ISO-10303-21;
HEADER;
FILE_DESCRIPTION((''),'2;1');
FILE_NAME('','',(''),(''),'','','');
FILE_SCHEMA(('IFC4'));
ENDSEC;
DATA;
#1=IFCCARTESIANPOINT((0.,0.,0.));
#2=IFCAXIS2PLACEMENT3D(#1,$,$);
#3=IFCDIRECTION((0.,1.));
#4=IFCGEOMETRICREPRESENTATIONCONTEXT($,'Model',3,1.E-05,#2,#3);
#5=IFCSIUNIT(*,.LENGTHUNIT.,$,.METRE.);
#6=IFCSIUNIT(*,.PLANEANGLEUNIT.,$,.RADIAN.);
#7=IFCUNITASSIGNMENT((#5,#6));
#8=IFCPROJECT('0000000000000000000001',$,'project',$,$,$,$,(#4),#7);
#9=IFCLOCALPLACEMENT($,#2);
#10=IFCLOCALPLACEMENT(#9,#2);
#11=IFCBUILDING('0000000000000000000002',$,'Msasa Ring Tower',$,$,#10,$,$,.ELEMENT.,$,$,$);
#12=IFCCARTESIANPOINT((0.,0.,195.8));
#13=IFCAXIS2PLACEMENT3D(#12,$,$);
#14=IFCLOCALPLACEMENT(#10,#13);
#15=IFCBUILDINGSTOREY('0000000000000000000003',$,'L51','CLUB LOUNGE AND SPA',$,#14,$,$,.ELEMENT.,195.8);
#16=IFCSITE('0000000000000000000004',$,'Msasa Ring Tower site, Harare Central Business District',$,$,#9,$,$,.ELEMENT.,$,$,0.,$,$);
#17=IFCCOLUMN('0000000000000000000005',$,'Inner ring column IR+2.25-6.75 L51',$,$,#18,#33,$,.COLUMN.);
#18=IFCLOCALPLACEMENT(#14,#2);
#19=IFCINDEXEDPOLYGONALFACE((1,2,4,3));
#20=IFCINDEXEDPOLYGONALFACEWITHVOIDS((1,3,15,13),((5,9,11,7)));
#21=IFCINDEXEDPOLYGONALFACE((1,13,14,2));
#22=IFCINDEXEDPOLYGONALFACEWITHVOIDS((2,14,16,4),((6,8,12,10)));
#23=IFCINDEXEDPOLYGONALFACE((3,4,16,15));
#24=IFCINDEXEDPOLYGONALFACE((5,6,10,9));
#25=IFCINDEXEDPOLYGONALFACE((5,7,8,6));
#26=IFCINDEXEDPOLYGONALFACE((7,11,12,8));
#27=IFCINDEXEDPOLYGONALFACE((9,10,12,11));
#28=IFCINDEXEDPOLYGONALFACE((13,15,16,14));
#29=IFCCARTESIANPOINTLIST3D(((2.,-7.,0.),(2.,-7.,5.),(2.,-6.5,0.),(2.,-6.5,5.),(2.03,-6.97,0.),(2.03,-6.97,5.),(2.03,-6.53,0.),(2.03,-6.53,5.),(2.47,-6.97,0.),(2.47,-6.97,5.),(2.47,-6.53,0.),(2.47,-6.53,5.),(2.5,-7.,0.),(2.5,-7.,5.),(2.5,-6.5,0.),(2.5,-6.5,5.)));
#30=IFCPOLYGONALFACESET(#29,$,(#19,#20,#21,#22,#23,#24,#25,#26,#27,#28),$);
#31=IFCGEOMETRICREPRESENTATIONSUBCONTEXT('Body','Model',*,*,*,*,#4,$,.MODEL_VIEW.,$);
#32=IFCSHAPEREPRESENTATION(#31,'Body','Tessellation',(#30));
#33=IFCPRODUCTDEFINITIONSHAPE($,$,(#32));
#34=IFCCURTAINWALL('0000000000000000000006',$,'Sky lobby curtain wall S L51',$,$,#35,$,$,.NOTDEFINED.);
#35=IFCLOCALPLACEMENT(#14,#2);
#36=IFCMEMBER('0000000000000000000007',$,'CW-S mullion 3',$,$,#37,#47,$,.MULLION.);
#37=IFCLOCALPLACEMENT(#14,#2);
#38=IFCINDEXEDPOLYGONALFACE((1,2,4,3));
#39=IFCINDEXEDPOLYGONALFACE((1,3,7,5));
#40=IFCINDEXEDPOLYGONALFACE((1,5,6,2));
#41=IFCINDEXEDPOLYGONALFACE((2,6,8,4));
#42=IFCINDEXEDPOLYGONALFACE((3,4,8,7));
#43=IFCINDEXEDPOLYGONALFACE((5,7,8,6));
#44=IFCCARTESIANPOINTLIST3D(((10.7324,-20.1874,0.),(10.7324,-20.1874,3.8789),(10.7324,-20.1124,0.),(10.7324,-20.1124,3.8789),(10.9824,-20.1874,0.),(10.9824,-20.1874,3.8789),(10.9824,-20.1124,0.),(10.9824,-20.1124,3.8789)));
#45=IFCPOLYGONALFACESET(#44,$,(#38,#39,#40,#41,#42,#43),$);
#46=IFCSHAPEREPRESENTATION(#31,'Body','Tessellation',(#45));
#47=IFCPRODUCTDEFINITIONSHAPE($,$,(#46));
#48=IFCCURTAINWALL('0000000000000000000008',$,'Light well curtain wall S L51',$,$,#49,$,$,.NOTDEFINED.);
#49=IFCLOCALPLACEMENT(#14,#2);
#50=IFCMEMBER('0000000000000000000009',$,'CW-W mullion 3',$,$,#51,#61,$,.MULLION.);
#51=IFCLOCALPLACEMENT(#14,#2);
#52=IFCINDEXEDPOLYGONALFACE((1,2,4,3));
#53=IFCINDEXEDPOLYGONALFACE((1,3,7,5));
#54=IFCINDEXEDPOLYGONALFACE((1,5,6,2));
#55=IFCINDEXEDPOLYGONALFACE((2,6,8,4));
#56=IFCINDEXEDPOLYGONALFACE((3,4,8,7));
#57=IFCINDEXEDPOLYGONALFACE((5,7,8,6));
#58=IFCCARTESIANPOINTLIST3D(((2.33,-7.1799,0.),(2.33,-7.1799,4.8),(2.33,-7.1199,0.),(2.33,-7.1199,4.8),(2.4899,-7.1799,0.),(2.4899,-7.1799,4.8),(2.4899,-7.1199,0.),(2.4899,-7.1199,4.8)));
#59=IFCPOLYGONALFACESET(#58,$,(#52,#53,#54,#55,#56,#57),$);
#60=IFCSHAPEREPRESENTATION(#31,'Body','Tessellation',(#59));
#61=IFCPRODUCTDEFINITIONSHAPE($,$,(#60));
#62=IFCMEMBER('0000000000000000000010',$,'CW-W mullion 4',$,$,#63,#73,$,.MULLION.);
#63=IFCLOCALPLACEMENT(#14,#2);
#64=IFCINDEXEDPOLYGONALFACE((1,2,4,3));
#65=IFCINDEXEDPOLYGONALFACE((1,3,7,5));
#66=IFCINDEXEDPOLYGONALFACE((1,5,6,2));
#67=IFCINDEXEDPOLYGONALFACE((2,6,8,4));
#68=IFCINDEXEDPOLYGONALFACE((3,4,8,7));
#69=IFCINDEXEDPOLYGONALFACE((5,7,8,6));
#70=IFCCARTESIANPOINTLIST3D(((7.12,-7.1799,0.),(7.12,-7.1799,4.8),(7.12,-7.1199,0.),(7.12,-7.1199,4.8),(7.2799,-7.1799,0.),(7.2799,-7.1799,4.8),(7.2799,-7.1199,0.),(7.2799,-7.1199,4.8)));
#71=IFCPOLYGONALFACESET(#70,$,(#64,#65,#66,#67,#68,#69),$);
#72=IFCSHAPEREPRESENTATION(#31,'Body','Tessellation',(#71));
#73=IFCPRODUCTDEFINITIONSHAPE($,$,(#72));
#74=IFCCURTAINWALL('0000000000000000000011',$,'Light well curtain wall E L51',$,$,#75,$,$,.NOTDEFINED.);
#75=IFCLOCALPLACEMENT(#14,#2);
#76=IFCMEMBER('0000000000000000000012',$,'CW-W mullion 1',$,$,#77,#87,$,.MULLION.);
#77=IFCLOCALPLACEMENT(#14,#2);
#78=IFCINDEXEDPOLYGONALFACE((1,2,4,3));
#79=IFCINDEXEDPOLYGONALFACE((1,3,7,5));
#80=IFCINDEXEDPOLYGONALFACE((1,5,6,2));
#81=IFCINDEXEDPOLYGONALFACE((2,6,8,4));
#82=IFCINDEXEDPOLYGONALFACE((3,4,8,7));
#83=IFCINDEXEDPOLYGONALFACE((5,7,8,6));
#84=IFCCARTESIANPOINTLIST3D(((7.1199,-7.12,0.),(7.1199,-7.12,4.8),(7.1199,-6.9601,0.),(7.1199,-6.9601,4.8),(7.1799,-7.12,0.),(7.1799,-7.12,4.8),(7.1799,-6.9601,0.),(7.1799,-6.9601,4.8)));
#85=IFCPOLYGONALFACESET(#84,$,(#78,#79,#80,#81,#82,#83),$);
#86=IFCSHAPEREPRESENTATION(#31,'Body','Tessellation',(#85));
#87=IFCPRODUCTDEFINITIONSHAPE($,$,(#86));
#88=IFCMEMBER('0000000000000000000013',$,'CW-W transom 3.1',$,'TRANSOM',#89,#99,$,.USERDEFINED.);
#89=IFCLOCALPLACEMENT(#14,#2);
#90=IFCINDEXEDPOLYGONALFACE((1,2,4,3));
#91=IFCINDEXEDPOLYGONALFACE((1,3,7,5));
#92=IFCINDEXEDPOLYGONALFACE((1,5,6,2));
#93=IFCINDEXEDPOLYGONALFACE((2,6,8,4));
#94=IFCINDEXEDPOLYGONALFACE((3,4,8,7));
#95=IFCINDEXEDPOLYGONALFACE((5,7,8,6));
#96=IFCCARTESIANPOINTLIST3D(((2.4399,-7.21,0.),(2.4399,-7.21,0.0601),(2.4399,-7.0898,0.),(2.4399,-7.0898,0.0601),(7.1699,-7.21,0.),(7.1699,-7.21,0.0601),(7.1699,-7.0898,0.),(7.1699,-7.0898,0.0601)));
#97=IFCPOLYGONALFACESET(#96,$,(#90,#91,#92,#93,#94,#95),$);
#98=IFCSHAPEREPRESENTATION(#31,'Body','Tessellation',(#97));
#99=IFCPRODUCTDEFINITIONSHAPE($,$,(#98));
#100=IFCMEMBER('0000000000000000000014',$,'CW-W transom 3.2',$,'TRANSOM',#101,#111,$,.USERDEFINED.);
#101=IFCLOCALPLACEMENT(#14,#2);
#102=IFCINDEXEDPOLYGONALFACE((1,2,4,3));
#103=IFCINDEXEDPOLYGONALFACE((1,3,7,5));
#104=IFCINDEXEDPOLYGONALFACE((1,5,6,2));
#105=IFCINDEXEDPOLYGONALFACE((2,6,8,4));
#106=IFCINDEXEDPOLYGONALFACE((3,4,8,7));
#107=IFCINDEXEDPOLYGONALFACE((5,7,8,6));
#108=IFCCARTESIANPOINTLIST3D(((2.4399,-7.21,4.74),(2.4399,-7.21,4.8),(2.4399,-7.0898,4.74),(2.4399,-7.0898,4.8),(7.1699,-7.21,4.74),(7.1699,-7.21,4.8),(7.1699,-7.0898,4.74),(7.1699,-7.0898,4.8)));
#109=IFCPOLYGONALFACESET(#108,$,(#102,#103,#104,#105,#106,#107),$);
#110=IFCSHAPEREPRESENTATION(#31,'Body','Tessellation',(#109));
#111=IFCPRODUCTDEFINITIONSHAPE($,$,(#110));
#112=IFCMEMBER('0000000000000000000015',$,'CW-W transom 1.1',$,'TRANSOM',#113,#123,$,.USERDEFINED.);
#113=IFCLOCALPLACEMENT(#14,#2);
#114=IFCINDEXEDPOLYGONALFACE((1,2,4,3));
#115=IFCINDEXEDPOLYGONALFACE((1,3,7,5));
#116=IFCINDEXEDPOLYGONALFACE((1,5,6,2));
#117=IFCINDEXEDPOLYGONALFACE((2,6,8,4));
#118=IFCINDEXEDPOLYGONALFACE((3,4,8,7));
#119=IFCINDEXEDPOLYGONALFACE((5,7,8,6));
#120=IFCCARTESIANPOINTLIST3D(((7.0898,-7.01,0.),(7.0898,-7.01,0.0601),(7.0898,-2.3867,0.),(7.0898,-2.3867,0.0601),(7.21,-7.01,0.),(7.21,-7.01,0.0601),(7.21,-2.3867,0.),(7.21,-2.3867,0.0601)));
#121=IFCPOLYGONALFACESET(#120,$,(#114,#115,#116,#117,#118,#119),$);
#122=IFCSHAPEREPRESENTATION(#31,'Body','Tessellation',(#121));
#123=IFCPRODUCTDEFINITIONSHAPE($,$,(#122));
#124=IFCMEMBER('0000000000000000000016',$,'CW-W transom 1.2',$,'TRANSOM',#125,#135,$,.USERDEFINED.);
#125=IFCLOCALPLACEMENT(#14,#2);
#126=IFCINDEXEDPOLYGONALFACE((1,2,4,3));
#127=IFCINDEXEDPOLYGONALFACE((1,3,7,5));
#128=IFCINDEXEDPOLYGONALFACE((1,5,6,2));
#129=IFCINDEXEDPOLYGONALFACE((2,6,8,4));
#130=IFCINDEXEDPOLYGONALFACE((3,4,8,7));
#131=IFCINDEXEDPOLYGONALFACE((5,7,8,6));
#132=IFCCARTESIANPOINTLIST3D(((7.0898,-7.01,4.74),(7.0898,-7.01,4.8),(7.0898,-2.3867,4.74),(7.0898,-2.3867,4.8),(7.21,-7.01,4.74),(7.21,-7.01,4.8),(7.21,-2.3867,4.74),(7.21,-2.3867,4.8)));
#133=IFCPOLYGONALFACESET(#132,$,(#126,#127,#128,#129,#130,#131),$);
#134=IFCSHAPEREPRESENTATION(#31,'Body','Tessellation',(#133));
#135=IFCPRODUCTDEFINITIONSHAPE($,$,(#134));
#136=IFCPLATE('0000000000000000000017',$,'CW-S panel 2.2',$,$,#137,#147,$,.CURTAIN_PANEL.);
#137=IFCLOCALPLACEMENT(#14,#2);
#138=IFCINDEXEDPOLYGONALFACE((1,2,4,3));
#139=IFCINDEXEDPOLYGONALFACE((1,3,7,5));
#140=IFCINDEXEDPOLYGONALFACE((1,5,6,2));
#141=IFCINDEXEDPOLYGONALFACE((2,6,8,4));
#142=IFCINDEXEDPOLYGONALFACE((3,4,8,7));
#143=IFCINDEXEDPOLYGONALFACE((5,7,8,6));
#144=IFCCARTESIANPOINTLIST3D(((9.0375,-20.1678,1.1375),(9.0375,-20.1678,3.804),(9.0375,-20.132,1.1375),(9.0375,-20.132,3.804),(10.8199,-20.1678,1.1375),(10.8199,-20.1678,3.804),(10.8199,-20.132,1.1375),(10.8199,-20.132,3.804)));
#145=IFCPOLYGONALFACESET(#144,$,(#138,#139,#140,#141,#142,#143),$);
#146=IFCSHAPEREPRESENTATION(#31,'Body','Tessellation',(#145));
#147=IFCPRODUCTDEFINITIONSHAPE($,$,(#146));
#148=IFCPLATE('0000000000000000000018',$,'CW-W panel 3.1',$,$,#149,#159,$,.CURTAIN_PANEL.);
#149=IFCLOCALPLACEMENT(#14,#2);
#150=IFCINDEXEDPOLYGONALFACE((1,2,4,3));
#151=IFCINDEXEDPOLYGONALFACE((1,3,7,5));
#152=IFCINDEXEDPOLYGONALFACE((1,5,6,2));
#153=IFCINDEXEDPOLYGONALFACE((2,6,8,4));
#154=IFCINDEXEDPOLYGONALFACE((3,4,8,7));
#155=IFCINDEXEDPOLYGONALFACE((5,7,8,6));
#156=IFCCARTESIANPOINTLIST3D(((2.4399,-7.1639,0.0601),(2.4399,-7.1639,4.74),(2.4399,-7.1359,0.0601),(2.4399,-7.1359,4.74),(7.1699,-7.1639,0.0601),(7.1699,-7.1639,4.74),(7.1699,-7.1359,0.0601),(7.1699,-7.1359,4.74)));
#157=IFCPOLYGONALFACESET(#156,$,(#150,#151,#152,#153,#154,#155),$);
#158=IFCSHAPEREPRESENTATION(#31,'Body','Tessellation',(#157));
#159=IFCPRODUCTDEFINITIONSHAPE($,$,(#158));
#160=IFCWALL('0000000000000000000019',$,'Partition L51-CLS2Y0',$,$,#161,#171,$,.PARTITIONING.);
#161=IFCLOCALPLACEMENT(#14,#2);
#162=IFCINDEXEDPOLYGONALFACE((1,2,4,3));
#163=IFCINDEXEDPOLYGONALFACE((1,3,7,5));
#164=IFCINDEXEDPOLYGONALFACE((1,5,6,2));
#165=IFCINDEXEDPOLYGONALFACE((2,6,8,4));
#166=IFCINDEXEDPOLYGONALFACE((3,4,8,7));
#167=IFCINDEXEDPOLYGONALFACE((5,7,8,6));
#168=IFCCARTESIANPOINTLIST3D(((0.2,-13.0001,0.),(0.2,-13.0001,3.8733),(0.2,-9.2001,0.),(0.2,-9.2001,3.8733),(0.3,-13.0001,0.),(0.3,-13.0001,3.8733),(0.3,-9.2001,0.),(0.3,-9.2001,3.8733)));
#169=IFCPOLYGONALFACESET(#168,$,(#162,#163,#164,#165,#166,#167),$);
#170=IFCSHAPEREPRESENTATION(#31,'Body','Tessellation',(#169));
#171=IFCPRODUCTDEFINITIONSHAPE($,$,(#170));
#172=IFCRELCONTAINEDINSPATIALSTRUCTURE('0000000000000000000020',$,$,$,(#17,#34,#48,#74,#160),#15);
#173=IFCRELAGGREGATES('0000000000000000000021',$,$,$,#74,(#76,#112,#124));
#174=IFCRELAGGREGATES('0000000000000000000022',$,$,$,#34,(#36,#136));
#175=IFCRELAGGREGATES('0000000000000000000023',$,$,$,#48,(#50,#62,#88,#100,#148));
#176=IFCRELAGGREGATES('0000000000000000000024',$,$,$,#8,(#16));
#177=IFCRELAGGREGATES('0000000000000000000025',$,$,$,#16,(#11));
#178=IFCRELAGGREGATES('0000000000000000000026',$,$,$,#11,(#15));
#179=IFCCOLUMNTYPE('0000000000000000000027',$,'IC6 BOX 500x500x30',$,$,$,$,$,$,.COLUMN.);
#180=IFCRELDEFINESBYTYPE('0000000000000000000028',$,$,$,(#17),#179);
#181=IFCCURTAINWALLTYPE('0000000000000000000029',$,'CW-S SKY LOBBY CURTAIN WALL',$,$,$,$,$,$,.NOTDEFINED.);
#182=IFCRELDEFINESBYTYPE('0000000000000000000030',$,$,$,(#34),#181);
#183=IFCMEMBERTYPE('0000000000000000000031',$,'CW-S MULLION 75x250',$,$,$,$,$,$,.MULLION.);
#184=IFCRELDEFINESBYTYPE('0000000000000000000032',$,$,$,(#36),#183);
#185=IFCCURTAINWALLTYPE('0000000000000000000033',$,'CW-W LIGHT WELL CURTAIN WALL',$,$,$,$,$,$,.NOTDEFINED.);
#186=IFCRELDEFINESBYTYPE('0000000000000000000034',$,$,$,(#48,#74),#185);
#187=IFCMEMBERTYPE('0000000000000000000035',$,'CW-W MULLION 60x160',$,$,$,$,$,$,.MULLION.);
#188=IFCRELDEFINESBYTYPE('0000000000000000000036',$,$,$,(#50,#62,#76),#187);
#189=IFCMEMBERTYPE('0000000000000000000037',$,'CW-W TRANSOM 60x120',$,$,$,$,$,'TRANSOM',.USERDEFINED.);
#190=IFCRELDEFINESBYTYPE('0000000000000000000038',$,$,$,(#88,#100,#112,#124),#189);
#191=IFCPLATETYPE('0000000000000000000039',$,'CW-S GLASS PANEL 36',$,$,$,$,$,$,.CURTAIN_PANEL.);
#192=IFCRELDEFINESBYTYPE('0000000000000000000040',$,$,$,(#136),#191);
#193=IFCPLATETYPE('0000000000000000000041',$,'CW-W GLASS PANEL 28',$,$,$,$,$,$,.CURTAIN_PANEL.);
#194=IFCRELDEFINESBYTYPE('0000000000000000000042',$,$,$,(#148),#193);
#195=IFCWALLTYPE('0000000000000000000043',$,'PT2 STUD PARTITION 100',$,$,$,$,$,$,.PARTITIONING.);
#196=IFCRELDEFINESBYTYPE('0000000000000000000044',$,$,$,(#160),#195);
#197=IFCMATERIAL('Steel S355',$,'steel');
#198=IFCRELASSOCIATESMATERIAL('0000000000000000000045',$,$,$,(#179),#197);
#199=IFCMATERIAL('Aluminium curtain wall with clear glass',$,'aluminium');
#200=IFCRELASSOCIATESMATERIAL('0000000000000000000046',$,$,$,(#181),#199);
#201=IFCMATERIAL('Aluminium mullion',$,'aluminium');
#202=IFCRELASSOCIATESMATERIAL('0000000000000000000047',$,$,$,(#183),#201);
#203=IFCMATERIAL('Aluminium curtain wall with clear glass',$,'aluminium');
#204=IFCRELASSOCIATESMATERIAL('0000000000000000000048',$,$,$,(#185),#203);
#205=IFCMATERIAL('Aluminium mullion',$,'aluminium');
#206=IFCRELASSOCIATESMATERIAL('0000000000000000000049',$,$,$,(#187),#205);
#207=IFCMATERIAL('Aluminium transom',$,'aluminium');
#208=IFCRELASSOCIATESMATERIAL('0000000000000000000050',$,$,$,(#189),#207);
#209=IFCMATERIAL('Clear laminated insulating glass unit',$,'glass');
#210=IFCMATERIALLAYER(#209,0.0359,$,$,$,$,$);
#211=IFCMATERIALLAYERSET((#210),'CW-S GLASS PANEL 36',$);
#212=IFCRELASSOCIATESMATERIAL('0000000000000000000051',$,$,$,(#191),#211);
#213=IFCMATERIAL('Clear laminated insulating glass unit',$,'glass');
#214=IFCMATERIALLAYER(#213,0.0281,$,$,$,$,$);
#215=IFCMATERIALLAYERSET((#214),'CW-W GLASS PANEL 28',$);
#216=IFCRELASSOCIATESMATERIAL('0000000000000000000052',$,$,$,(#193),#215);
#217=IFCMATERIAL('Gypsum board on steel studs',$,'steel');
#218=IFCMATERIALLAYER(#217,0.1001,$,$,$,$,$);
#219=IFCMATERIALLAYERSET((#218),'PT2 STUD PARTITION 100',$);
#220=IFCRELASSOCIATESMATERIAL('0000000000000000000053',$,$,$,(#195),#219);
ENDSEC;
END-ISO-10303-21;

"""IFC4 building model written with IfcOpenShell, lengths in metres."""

from ifc_helpers import new_model, si_unit, direction, frame, frame_2d, origin, origin_2d, place, context, subcontext, project, spatial, rectangle, hollow_rectangle, extrude, material, layer, layer_set, material_profile, profile_set, type_object, element, aggregate, save


model = new_model("IFC4")

# Units and contexts
model_context = context("Model", 3, precision=1e-05, world=origin(), true_north=direction((0.0, 1.0)))
body_context = subcontext(model_context, "Body", "Model", "MODEL_VIEW")
ifc_project = project(units=[si_unit("LENGTHUNIT", "METRE"), si_unit("PLANEANGLEUNIT", "RADIAN")], contexts=[model_context])

# Site, building, storey
site_placement = place(None, origin())
site = spatial("IfcSite", under=ifc_project, at=site_placement, Name="Msasa Ring Tower site, Harare Central Business District", CompositionType="ELEMENT", RefElevation=0.0)
building_placement = place(site_placement, origin())
building = spatial("IfcBuilding", under=site, at=building_placement, Name="Msasa Ring Tower", CompositionType="ELEMENT")
storey_placement = place(building_placement, frame((0.0, 0.0, 195.8)))
storey = spatial("IfcBuildingStorey", under=building, at=storey_placement, Name="L51", Description="CLUB LOUNGE AND SPA", CompositionType="ELEMENT", Elevation=195.8)

# Column
ifc_material_1 = material(Name="Steel S355", Category="steel")
ifc_material_profile_1 = material_profile(ifc_material_1, hollow_rectangle(XDim=0.5, YDim=0.5, WallThickness=0.03, at=origin_2d()), Name="BOX 500x500x30")
ifc_profile_set_1 = profile_set([ifc_material_profile_1], Name="Steel S355")
column_type = type_object("IfcColumnType", Name="IC6 BOX 500x500x30", PredefinedType="COLUMN", material=ifc_profile_set_1)
column_placement = place(storey_placement, frame((2.25, -6.75, 0.0), z_axis=(0.0, 0.0, 1.0), x_axis=(1.0, 0.0, 0.0)))
element("IfcColumn", 1, at=column_placement, inside=storey, type_object=column_type, Name="Inner ring column IR+2.25-6.75 L51", PredefinedType="COLUMN", context=body_context, shape_type="SweptSolid", body=[
    extrude(hollow_rectangle(XDim=0.5, YDim=0.5, WallThickness=0.03, at=origin_2d()), origin(), (0.0, 0.0, 1.0), 5.0),
])

# Curtain wall, member
ifc_material_2 = material(Name="Aluminium curtain wall with clear glass", Category="aluminium")
curtain_wall_type_1 = type_object("IfcCurtainWallType", Name="CW-S SKY LOBBY CURTAIN WALL", PredefinedType="NOTDEFINED", material=ifc_material_2)
curtain_wall_1_placement = place(storey_placement, origin())
curtain_wall_1 = element("IfcCurtainWall", 2, at=curtain_wall_1_placement, inside=storey, type_object=curtain_wall_type_1, Name="Sky lobby curtain wall S L51", PredefinedType="NOTDEFINED")
ifc_material_3 = material(Name="Aluminium mullion", Category="aluminium")
ifc_material_profile_2 = material_profile(ifc_material_3, rectangle(XDim=0.075, YDim=0.25, at=origin_2d()), Name="AL 75x250")
ifc_profile_set_2 = profile_set([ifc_material_profile_2], Name="Aluminium mullion")
member_type_1 = type_object("IfcMemberType", Name="CW-S MULLION 75x250", PredefinedType="MULLION", material=ifc_profile_set_2)
member_1_placement = place(storey_placement, frame((10.8574, -20.1499, 0.0), z_axis=(0.0, 0.0, 1.0), x_axis=(0.0, 1.0, 0.0)))
member_1 = element("IfcMember", 3, at=member_1_placement, type_object=member_type_1, Name="CW-S mullion 3", PredefinedType="MULLION", context=body_context, shape_type="SweptSolid", body=[
    extrude(rectangle(XDim=0.075, YDim=0.25, at=origin_2d()), origin(), (0.0, 0.0, 1.0), 3.8789),
])

# Curtain wall, members
ifc_material_4 = material(Name="Aluminium curtain wall with clear glass", Category="aluminium")
curtain_wall_type_2 = type_object("IfcCurtainWallType", Name="CW-W LIGHT WELL CURTAIN WALL", PredefinedType="NOTDEFINED", material=ifc_material_4)
curtain_wall_2_placement = place(storey_placement, origin())
curtain_wall_2 = element("IfcCurtainWall", 4, at=curtain_wall_2_placement, inside=storey, type_object=curtain_wall_type_2, Name="Light well curtain wall S L51", PredefinedType="NOTDEFINED")
ifc_material_5 = material(Name="Aluminium mullion", Category="aluminium")
ifc_material_profile_3 = material_profile(ifc_material_5, rectangle(XDim=0.0601, YDim=0.1599, at=origin_2d()), Name="AL 60x160")
ifc_profile_set_3 = profile_set([ifc_material_profile_3], Name="Aluminium mullion")
member_type_2 = type_object("IfcMemberType", Name="CW-W MULLION 60x160", PredefinedType="MULLION", material=ifc_profile_set_3)
member_2_placement = place(storey_placement, frame((2.4099, -7.1499, 0.0), z_axis=(0.0, 0.0, 1.0), x_axis=(0.0, 1.0, 0.0)))
member_2 = element("IfcMember", 5, at=member_2_placement, type_object=member_type_2, Name="CW-W mullion 3", PredefinedType="MULLION", context=body_context, shape_type="SweptSolid", body=[
    extrude(rectangle(XDim=0.0601, YDim=0.1599, at=origin_2d()), origin(), (0.0, 0.0, 1.0), 4.8),
])
member_3_placement = place(storey_placement, frame((7.2, -7.1499, 0.0), z_axis=(0.0, 0.0, 1.0), x_axis=(0.0, 1.0, 0.0)))
member_3 = element("IfcMember", 6, at=member_3_placement, type_object=member_type_2, Name="CW-W mullion 4", PredefinedType="MULLION", context=body_context, shape_type="SweptSolid", body=[
    extrude(rectangle(XDim=0.0601, YDim=0.1599, at=origin_2d()), origin(), (0.0, 0.0, 1.0), 4.8),
])

# Curtain wall, member
curtain_wall_3_placement = place(storey_placement, origin())
curtain_wall_3 = element("IfcCurtainWall", 7, at=curtain_wall_3_placement, inside=storey, type_object=curtain_wall_type_2, Name="Light well curtain wall E L51", PredefinedType="NOTDEFINED")
member_4_placement = place(storey_placement, frame((7.1499, -7.04, 0.0), z_axis=(0.0, 0.0, 1.0), x_axis=(-1.0, 0.0, 0.0)))
member_4 = element("IfcMember", 8, at=member_4_placement, type_object=member_type_2, Name="CW-W mullion 1", PredefinedType="MULLION", context=body_context, shape_type="SweptSolid", body=[
    extrude(rectangle(XDim=0.0601, YDim=0.1599, at=origin_2d()), origin(), (0.0, 0.0, 1.0), 4.8),
])

# Members
ifc_material_6 = material(Name="Aluminium transom", Category="aluminium")
ifc_material_profile_4 = material_profile(ifc_material_6, rectangle(XDim=0.1201, YDim=0.0601, at=origin_2d()), Name="AL 60x120")
ifc_profile_set_4 = profile_set([ifc_material_profile_4], Name="Aluminium transom")
member_type_3 = type_object("IfcMemberType", Name="CW-W TRANSOM 60x120", ElementType="TRANSOM", PredefinedType="USERDEFINED", material=ifc_profile_set_4)
member_5_placement = place(storey_placement, frame((2.4399, -7.1499, 0.03), z_axis=(1.0, 0.0, 0.0), x_axis=(0.0, 1.0, 0.0)))
member_5 = element("IfcMember", 9, at=member_5_placement, type_object=member_type_3, Name="CW-W transom 3.1", ObjectType="TRANSOM", PredefinedType="USERDEFINED", context=body_context, shape_type="SweptSolid", body=[
    extrude(rectangle(XDim=0.1201, YDim=0.0601, at=origin_2d()), origin(), (0.0, 0.0, 1.0), 4.73),
])
member_6_placement = place(storey_placement, frame((2.4399, -7.1499, 4.77), z_axis=(1.0, 0.0, 0.0), x_axis=(0.0, 1.0, 0.0)))
member_6 = element("IfcMember", 10, at=member_6_placement, type_object=member_type_3, Name="CW-W transom 3.2", ObjectType="TRANSOM", PredefinedType="USERDEFINED", context=body_context, shape_type="SweptSolid", body=[
    extrude(rectangle(XDim=0.1201, YDim=0.0601, at=origin_2d()), origin(), (0.0, 0.0, 1.0), 4.73),
])
member_7_placement = place(storey_placement, frame((7.1499, -7.01, 0.03), z_axis=(0.0, 1.0, 0.0), x_axis=(-1.0, 0.0, 0.0)))
member_7 = element("IfcMember", 11, at=member_7_placement, type_object=member_type_3, Name="CW-W transom 1.1", ObjectType="TRANSOM", PredefinedType="USERDEFINED", context=body_context, shape_type="SweptSolid", body=[
    extrude(rectangle(XDim=0.1201, YDim=0.0601, at=origin_2d()), origin(), (0.0, 0.0, 1.0), 4.6233),
])
member_8_placement = place(storey_placement, frame((7.1499, -7.01, 4.77), z_axis=(0.0, 1.0, 0.0), x_axis=(-1.0, 0.0, 0.0)))
member_8 = element("IfcMember", 12, at=member_8_placement, type_object=member_type_3, Name="CW-W transom 1.2", ObjectType="TRANSOM", PredefinedType="USERDEFINED", context=body_context, shape_type="SweptSolid", body=[
    extrude(rectangle(XDim=0.1201, YDim=0.0601, at=origin_2d()), origin(), (0.0, 0.0, 1.0), 4.6233),
])
aggregate(curtain_wall_3, [member_4, member_7, member_8])

# Plates
ifc_material_7 = material(Name="Clear laminated insulating glass unit", Category="glass")
ifc_layer_1 = layer(ifc_material_7, 0.0359)
ifc_layer_set_1 = layer_set([ifc_layer_1], Name="CW-S GLASS PANEL 36")
plate_type_1 = type_object("IfcPlateType", Name="CW-S GLASS PANEL 36", PredefinedType="CURTAIN_PANEL", material=ifc_layer_set_1)
plate_1_placement = place(storey_placement, frame((9.9287, -20.1499, 1.1375), z_axis=(0.0, 0.0, 1.0), x_axis=(1.0, 0.0, 0.0)))
plate_1 = element("IfcPlate", 13, at=plate_1_placement, type_object=plate_type_1, Name="CW-S panel 2.2", PredefinedType="CURTAIN_PANEL", context=body_context, shape_type="SweptSolid", body=[
    extrude(rectangle(XDim=1.7825, YDim=0.0359, at=origin_2d()), origin(), (0.0, 0.0, 1.0), 2.6665),
])
aggregate(curtain_wall_1, [member_1, plate_1])
ifc_material_8 = material(Name="Clear laminated insulating glass unit", Category="glass")
ifc_layer_2 = layer(ifc_material_8, 0.0281)
ifc_layer_set_2 = layer_set([ifc_layer_2], Name="CW-W GLASS PANEL 28")
plate_type_2 = type_object("IfcPlateType", Name="CW-W GLASS PANEL 28", PredefinedType="CURTAIN_PANEL", material=ifc_layer_set_2)
plate_2_placement = place(storey_placement, frame((4.8049, -7.1499, 0.0601), z_axis=(0.0, 0.0, 1.0), x_axis=(1.0, 0.0, 0.0)))
plate_2 = element("IfcPlate", 14, at=plate_2_placement, type_object=plate_type_2, Name="CW-W panel 3.1", PredefinedType="CURTAIN_PANEL", context=body_context, shape_type="SweptSolid", body=[
    extrude(rectangle(XDim=4.73, YDim=0.0281, at=origin_2d()), origin(), (0.0, 0.0, 1.0), 4.6799),
])
aggregate(curtain_wall_2, [member_2, member_3, member_5, member_6, plate_2])

# Wall
ifc_material_9 = material(Name="Gypsum board on steel studs", Category="steel")
ifc_layer_3 = layer(ifc_material_9, 0.1001)
ifc_layer_set_3 = layer_set([ifc_layer_3], Name="PT2 STUD PARTITION 100")
wall_type_1 = type_object("IfcWallType", Name="PT2 STUD PARTITION 100", PredefinedType="PARTITIONING", material=ifc_layer_set_3)
wall_1_placement = place(storey_placement, frame((0.25, -13.0, 0.0), z_axis=(0.0, 0.0, 1.0), x_axis=(0.0, 1.0, 0.0)))
element("IfcWall", 15, at=wall_1_placement, inside=storey, type_object=wall_type_1, Name="Partition L51-CLS2Y0", PredefinedType="PARTITIONING", context=body_context, shape_type="SweptSolid", body=[
    extrude(rectangle(XDim=3.8, YDim=0.1001, at=frame_2d((1.8999, 0.0))), origin(), (0.0, 0.0, 1.0), 3.8733),
])

save(model, "model.ifc")
